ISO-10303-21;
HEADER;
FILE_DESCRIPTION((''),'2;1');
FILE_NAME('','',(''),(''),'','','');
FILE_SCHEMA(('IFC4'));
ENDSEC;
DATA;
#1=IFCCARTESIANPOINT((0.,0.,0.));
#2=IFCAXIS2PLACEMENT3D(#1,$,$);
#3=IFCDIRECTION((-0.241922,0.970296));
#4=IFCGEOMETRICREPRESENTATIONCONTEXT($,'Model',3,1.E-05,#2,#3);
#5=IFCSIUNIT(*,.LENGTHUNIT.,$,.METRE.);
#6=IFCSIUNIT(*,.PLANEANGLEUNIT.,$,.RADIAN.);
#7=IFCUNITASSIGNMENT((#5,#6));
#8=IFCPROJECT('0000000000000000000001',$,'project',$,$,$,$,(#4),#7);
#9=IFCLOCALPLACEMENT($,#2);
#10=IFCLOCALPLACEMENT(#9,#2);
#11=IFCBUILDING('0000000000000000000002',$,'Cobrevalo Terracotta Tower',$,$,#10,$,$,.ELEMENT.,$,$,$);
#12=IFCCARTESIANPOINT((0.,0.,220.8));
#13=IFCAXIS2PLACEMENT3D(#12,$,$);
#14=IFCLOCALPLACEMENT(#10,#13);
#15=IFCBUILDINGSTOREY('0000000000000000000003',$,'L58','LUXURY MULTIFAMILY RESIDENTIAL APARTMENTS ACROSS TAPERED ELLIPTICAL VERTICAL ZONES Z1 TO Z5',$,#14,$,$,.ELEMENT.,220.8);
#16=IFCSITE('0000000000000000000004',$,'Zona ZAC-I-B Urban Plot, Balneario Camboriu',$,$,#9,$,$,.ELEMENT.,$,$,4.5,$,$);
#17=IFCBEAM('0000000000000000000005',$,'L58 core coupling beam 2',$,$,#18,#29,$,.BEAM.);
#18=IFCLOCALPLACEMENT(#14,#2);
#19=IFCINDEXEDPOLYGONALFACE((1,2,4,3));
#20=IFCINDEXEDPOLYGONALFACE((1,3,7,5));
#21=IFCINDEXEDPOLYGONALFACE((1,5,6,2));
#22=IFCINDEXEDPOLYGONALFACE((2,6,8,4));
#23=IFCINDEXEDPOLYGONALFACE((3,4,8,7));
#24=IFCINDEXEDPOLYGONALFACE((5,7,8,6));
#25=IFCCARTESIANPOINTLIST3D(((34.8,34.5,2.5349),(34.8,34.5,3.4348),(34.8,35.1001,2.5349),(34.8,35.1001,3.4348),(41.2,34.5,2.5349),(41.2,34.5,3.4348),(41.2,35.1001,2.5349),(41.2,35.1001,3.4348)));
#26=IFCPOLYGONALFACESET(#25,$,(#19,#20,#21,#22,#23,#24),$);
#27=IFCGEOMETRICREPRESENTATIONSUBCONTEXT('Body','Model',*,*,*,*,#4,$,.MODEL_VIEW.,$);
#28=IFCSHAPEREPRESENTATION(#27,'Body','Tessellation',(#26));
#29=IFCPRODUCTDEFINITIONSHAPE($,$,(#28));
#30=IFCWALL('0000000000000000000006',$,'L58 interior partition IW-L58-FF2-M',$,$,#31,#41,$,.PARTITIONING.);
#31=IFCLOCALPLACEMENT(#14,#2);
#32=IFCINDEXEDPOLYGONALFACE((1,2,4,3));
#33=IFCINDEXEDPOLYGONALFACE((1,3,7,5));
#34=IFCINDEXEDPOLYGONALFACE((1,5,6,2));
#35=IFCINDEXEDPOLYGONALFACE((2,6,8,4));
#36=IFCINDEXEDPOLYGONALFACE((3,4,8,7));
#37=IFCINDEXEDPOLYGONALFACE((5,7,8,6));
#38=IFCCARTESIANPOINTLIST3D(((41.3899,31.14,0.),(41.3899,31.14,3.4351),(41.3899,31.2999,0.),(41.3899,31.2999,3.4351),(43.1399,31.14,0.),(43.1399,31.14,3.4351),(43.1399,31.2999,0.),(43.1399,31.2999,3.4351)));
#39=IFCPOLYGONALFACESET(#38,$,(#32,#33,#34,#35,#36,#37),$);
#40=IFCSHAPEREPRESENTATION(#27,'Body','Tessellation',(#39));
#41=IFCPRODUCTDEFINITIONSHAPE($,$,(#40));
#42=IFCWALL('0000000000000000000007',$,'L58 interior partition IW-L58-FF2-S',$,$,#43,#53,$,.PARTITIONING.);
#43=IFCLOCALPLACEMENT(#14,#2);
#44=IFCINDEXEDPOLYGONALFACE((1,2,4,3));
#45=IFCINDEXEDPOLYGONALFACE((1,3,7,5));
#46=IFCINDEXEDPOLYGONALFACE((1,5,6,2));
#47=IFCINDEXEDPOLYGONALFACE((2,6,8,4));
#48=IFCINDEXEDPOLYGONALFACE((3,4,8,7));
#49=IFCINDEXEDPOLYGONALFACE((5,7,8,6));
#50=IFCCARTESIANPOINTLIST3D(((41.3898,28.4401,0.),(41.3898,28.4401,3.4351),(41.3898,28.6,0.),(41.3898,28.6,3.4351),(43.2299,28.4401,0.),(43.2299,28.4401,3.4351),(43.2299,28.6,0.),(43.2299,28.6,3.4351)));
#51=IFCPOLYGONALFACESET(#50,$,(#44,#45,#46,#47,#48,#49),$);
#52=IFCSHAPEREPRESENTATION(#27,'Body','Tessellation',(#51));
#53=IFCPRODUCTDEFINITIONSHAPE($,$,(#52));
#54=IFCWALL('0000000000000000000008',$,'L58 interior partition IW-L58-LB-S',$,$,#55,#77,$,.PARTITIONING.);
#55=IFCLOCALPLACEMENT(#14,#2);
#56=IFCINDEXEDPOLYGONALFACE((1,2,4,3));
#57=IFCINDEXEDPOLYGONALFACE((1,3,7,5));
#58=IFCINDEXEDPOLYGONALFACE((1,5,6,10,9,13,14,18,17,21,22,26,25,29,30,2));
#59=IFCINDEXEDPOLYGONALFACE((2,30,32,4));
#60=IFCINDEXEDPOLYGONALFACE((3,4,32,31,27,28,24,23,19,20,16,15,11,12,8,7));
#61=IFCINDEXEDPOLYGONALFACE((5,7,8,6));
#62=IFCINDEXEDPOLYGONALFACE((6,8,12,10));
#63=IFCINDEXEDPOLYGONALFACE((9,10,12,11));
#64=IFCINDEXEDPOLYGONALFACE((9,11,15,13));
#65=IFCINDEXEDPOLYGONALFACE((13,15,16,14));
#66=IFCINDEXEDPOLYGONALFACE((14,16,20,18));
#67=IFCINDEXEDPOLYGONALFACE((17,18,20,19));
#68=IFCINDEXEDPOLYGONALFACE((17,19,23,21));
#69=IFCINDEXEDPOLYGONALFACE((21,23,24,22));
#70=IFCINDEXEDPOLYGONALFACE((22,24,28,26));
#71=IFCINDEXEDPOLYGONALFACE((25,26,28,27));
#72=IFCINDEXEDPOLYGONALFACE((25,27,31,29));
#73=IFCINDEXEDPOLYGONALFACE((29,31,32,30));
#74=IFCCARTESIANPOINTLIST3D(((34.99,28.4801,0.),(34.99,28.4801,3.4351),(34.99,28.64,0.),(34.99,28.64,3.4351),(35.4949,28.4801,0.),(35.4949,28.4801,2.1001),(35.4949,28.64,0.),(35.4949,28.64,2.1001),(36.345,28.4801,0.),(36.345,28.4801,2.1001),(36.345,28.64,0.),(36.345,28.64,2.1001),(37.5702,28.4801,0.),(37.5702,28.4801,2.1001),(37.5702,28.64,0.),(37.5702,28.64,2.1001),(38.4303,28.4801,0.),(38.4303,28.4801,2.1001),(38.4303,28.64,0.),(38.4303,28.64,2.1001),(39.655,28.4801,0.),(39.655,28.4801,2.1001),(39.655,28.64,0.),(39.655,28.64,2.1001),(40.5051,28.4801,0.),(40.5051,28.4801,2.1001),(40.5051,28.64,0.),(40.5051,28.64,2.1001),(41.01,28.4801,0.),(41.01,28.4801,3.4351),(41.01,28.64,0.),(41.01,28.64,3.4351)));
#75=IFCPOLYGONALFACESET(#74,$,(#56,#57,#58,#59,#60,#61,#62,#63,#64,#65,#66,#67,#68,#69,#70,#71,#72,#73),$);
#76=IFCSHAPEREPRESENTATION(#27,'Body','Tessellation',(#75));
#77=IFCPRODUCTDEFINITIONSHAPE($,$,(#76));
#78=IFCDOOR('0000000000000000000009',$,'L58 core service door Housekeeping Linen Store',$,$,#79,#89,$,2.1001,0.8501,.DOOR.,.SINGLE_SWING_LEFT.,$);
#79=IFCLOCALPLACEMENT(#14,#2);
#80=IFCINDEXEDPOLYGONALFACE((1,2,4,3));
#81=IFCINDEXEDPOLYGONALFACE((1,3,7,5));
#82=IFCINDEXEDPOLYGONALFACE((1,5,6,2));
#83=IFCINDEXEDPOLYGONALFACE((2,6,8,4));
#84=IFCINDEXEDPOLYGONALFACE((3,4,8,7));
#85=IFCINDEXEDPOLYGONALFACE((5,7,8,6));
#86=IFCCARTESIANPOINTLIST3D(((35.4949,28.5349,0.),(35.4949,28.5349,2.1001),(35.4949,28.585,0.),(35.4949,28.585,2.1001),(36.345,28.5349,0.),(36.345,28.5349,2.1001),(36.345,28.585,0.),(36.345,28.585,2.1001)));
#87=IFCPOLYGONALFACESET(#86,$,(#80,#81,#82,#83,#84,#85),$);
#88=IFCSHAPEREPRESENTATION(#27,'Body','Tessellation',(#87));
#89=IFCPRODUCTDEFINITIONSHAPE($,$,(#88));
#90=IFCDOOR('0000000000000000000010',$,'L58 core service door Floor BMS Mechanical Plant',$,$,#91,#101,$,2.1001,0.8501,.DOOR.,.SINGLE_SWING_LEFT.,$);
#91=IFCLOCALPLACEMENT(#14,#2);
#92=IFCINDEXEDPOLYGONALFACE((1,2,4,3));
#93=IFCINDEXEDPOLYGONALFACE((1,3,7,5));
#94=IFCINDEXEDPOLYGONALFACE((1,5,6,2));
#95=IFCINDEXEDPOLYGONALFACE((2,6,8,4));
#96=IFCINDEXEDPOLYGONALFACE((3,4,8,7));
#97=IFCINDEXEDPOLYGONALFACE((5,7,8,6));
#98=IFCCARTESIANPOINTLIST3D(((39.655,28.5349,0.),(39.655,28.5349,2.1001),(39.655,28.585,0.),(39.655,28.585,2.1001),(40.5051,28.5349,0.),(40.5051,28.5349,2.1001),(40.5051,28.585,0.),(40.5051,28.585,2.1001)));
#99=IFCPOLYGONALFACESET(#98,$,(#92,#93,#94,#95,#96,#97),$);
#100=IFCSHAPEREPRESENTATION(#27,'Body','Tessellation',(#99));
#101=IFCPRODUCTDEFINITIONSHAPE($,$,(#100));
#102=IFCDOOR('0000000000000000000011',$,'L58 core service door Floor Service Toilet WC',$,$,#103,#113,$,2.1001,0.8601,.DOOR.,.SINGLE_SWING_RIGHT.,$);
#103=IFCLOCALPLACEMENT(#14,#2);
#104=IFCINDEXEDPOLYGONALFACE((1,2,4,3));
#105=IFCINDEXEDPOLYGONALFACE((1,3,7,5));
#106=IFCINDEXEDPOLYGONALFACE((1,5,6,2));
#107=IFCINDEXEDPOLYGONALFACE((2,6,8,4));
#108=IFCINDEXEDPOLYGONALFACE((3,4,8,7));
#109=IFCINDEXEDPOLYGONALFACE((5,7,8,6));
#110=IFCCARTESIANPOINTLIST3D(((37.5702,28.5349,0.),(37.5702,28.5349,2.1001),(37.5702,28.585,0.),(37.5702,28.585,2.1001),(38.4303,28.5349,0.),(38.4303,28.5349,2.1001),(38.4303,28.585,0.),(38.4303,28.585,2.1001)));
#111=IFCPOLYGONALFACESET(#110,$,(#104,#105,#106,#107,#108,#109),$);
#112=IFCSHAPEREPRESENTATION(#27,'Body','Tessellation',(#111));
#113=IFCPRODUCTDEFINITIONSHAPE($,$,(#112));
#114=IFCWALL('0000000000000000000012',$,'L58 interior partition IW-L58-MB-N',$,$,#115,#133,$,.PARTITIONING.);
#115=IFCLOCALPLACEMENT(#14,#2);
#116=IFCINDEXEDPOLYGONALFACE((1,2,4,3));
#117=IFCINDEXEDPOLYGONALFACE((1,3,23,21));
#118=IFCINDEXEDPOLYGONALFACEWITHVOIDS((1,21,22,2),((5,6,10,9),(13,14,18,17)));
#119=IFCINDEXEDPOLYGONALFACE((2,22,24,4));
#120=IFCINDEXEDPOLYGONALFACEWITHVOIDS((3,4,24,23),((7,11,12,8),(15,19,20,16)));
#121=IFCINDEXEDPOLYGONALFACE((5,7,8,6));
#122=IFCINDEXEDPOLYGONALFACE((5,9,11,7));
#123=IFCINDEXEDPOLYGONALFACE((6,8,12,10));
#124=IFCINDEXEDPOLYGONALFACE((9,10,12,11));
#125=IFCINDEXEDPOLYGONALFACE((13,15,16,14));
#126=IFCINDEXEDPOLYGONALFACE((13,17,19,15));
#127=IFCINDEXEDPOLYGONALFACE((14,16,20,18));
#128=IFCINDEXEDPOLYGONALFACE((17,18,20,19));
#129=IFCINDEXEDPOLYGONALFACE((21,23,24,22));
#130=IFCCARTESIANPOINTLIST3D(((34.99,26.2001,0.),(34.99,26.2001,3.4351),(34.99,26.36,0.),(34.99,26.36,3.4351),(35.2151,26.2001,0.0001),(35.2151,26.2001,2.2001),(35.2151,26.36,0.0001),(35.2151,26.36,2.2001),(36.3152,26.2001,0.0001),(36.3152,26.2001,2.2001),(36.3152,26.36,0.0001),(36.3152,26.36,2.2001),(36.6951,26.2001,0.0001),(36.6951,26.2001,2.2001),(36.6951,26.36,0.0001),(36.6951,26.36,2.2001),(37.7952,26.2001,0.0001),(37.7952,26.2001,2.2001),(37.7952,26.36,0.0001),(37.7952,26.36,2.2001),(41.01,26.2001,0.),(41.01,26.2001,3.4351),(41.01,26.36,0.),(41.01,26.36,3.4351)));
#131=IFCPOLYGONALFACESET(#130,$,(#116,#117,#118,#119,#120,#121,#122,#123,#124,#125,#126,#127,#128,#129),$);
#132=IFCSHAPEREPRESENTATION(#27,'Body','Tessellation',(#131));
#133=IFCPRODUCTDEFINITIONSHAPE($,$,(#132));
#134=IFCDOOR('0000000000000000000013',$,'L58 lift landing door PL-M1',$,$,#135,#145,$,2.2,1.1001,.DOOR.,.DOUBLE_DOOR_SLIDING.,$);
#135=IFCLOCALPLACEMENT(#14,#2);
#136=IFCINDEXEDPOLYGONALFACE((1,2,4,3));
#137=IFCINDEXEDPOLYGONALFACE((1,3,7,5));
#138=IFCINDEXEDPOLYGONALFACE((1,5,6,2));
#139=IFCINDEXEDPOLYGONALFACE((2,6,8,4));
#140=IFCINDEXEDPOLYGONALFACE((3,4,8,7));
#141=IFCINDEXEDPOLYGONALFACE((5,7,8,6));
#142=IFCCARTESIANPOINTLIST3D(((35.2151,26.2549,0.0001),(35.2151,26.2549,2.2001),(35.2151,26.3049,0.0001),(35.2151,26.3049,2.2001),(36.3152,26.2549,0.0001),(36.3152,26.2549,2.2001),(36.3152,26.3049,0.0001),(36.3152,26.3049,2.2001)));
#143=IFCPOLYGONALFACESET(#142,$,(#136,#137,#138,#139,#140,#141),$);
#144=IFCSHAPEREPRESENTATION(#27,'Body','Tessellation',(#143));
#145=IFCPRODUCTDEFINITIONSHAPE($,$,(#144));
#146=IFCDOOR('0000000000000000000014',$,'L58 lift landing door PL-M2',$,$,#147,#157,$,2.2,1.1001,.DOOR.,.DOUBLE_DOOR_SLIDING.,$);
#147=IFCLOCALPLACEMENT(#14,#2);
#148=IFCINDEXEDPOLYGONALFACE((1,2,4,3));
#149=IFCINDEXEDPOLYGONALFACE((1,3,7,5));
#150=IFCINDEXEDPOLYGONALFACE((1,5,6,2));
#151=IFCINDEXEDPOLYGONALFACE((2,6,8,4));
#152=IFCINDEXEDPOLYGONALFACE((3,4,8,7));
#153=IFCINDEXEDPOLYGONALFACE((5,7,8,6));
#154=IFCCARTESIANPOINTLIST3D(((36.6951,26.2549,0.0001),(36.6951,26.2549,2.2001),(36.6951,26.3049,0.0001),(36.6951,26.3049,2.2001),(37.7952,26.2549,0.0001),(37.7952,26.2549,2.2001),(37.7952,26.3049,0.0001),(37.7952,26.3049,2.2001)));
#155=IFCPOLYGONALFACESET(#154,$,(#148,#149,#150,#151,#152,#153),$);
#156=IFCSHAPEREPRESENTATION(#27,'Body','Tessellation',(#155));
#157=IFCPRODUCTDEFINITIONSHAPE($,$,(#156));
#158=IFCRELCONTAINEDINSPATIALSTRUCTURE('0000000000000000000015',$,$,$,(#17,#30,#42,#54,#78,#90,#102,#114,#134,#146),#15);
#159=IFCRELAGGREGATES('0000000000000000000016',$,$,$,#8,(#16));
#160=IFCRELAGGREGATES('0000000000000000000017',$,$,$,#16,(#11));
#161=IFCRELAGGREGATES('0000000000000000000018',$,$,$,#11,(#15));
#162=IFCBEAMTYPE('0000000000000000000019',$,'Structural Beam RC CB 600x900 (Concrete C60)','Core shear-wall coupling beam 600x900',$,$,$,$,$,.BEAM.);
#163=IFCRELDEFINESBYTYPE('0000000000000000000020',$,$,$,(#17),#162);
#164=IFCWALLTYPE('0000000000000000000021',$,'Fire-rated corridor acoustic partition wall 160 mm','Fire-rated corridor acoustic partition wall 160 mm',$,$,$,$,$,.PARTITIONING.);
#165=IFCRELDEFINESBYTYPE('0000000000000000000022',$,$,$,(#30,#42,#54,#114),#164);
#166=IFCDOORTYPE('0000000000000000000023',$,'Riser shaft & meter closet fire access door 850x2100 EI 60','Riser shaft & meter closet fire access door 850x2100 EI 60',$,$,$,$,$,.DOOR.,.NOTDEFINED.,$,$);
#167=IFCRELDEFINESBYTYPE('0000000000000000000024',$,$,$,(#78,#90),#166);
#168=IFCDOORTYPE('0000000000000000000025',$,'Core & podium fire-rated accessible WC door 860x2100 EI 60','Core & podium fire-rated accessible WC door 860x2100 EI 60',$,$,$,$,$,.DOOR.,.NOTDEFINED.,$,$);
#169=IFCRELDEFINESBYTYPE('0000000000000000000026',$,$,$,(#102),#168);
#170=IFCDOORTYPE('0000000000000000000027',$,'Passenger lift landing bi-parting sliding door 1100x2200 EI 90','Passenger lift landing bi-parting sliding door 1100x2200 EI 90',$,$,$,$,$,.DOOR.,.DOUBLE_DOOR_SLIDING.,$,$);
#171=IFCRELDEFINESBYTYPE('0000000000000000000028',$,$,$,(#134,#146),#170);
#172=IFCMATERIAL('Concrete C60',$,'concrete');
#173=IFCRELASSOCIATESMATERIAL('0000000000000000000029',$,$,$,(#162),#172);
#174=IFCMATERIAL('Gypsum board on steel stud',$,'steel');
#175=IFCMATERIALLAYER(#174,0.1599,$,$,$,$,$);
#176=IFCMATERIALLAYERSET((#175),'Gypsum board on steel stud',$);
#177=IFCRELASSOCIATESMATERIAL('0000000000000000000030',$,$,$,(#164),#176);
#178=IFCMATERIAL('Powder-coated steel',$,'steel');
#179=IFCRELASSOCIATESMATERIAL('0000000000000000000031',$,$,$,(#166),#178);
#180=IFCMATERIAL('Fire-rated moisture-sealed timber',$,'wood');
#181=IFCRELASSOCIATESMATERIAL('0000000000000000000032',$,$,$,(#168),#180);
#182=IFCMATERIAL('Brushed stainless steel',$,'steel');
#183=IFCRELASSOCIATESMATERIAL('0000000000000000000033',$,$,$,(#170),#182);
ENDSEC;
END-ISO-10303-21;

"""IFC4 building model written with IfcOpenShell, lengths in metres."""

from ifc_helpers import new_model, si_unit, direction, frame, frame_2d, origin, origin_2d, place, context, subcontext, project, spatial, rectangle, extrude, source, transform, mapped, material, layer, layer_set, material_profile, profile_set, type_object, element, fill, save


model = new_model("IFC4")

# Units and contexts
model_context = context("Model", 3, precision=1e-05, world=origin(), true_north=direction((-0.241922, 0.970296)))
body_context = subcontext(model_context, "Body", "Model", "MODEL_VIEW")
ifc_project = project(units=[si_unit("LENGTHUNIT", "METRE"), si_unit("PLANEANGLEUNIT", "RADIAN")], contexts=[model_context])

# Site, building, storey
site_placement = place(None, origin())
site = spatial("IfcSite", under=ifc_project, at=site_placement, Name="Zona ZAC-I-B Urban Plot, Balneario Camboriu", CompositionType="ELEMENT", RefElevation=4.5)
building_placement = place(site_placement, origin())
building = spatial("IfcBuilding", under=site, at=building_placement, Name="Cobrevalo Terracotta Tower", CompositionType="ELEMENT")
storey_placement = place(building_placement, frame((0.0, 0.0, 220.8)))
storey = spatial("IfcBuildingStorey", under=building, at=storey_placement, Name="L58", Description="LUXURY MULTIFAMILY RESIDENTIAL APARTMENTS ACROSS TAPERED ELLIPTICAL VERTICAL ZONES Z1 TO Z5", CompositionType="ELEMENT", Elevation=220.8)

# Beam
ifc_material_1 = material(Name="Concrete C60", Category="concrete")
ifc_material_profile = material_profile(ifc_material_1, rectangle(XDim=0.6001, YDim=0.8999, at=origin_2d()), Name="RC CB 600x900")
ifc_profile_set = profile_set([ifc_material_profile], Name="Concrete C60")
beam_type = type_object("IfcBeamType", Name="Structural Beam RC CB 600x900 (Concrete C60)", Description="Core shear-wall coupling beam 600x900", PredefinedType="BEAM", material=ifc_profile_set)
beam_placement = place(storey_placement, frame((34.8, 34.8, 2.9849), z_axis=(1.0, 0.0, 0.0), x_axis=(0.0, 1.0, 0.0)))
element("IfcBeam", 1, at=beam_placement, inside=storey, type_object=beam_type, Name="L58 core coupling beam 2", PredefinedType="BEAM", context=body_context, shape_type="SweptSolid", body=[
    extrude(rectangle(XDim=0.6001, YDim=0.8999, at=origin_2d()), origin(), (0.0, 0.0, 1.0), 6.3999),
])

# Walls
ifc_material_2 = material(Name="Gypsum board on steel stud", Category="steel")
ifc_layer_1 = layer(ifc_material_2, 0.1599)
ifc_layer_set_1 = layer_set([ifc_layer_1], Name="Gypsum board on steel stud")
wall_type_1 = type_object("IfcWallType", Name="Fire-rated corridor acoustic partition wall 160 mm", Description="Fire-rated corridor acoustic partition wall 160 mm", PredefinedType="PARTITIONING", material=ifc_layer_set_1)
wall_1_placement = place(storey_placement, frame((41.3899, 31.22, 0.0), z_axis=(0.0, 0.0, 1.0), x_axis=(1.0, 0.0, 0.0)))
element("IfcWall", 2, at=wall_1_placement, inside=storey, type_object=wall_type_1, Name="L58 interior partition IW-L58-FF2-M", PredefinedType="PARTITIONING", context=body_context, shape_type="SweptSolid", body=[
    extrude(rectangle(XDim=1.75, YDim=0.1599, at=frame_2d((0.875, 0.0))), origin(), (0.0, 0.0, 1.0), 3.4351),
])
wall_2_placement = place(storey_placement, frame((41.3899, 28.52, 0.0), z_axis=(0.0, 0.0, 1.0), x_axis=(1.0, 0.0, 0.0)))
element("IfcWall", 3, at=wall_2_placement, inside=storey, type_object=wall_type_1, Name="L58 interior partition IW-L58-FF2-S", PredefinedType="PARTITIONING", context=body_context, shape_type="SweptSolid", body=[
    extrude(rectangle(XDim=1.8401, YDim=0.1599, at=frame_2d((0.9199, 0.0))), origin(), (0.0, 0.0, 1.0), 3.4351),
])

# Walls, openings, doors
wall_3_placement = place(storey_placement, frame((34.99, 28.5601, 0.0), z_axis=(0.0, 0.0, 1.0), x_axis=(1.0, 0.0, 0.0)))
wall_3 = element("IfcWall", 4, at=wall_3_placement, inside=storey, type_object=wall_type_1, Name="L58 interior partition IW-L58-LB-S", PredefinedType="PARTITIONING", context=body_context, shape_type="SweptSolid", body=[
    extrude(rectangle(XDim=6.02, YDim=0.1599, at=frame_2d((3.01, 0.0))), origin(), (0.0, 0.0, 1.0), 3.4351),
])
opening_1_placement = place(wall_3_placement, frame((0.5049, 0.0, 0.0)))
opening_1 = element("IfcOpeningElement", 5, at=opening_1_placement, cuts=wall_3, PredefinedType="OPENING", context=body_context, shape_type="SweptSolid", body=[
    extrude(rectangle(XDim=0.8501, YDim=2.1001, at=frame_2d((0.425, 1.05))), frame((0.0, 0.0898, 0.0), z_axis=(0.0, -1.0, 0.0), x_axis=(1.0, 0.0, 0.0)), (0.0, 0.0, 1.0), 0.1799),
])
opening_2_placement = place(wall_3_placement, frame((2.5801, 0.0, 0.0)))
opening_2 = element("IfcOpeningElement", 6, at=opening_2_placement, cuts=wall_3, PredefinedType="OPENING", context=body_context, shape_type="SweptSolid", body=[
    extrude(rectangle(XDim=0.8601, YDim=2.1001, at=frame_2d((0.4302, 1.05))), frame((0.0, 0.0898, 0.0), z_axis=(0.0, -1.0, 0.0), x_axis=(1.0, 0.0, 0.0)), (0.0, 0.0, 1.0), 0.1799),
])
opening_3_placement = place(wall_3_placement, frame((4.665, 0.0, 0.0)))
opening_3 = element("IfcOpeningElement", 7, at=opening_3_placement, cuts=wall_3, PredefinedType="OPENING", context=body_context, shape_type="SweptSolid", body=[
    extrude(rectangle(XDim=0.8501, YDim=2.1001, at=frame_2d((0.425, 1.05))), frame((0.0, 0.0898, 0.0), z_axis=(0.0, -1.0, 0.0), x_axis=(1.0, 0.0, 0.0)), (0.0, 0.0, 1.0), 0.1799),
])
ifc_material_3 = material(Name="Powder-coated steel", Category="steel")
door_type_1 = type_object("IfcDoorType", Name="Riser shaft & meter closet fire access door 850x2100 EI 60", Description="Riser shaft & meter closet fire access door 850x2100 EI 60", OperationType="NOTDEFINED", PredefinedType="DOOR", material=ifc_material_3)
shared_shape_1 = source(origin(), body_context, "Body", "SweptSolid", [
    extrude(rectangle(XDim=0.8501, YDim=2.1001, at=frame_2d((0.425, 1.05))), frame((0.0, 0.0249, 0.0), z_axis=(0.0, -1.0, 0.0), x_axis=(1.0, 0.0, 0.0)), (0.0, 0.0, 1.0), 0.05),
])
door_1_placement = place(opening_1_placement, origin())
door_1 = element("IfcDoor", 8, at=door_1_placement, inside=storey, type_object=door_type_1, Name="L58 core service door Housekeeping Linen Store", OperationType="SINGLE_SWING_LEFT", OverallHeight=2.1001, OverallWidth=0.8501, PredefinedType="DOOR", context=body_context, shape_type="MappedRepresentation", body=[
    mapped(shared_shape_1, transform((0.0, 0.0, 0.0), scale=1.0)),
])
fill(opening_1, door_1)
door_2_placement = place(opening_3_placement, origin())
door_2 = element("IfcDoor", 9, at=door_2_placement, inside=storey, type_object=door_type_1, Name="L58 core service door Floor BMS Mechanical Plant", OperationType="SINGLE_SWING_LEFT", OverallHeight=2.1001, OverallWidth=0.8501, PredefinedType="DOOR", context=body_context, shape_type="MappedRepresentation", body=[
    mapped(shared_shape_1, transform((0.0, 0.0, 0.0), scale=1.0)),
])
fill(opening_3, door_2)
ifc_material_4 = material(Name="Fire-rated moisture-sealed timber", Category="wood")
door_type_2 = type_object("IfcDoorType", Name="Core & podium fire-rated accessible WC door 860x2100 EI 60", Description="Core & podium fire-rated accessible WC door 860x2100 EI 60", OperationType="NOTDEFINED", PredefinedType="DOOR", material=ifc_material_4)
shared_shape_2 = source(origin(), body_context, "Body", "SweptSolid", [
    extrude(rectangle(XDim=0.8601, YDim=2.1001, at=frame_2d((0.4302, 1.05))), frame((0.0, 0.0249, 0.0), z_axis=(0.0, -1.0, 0.0), x_axis=(1.0, 0.0, 0.0)), (0.0, 0.0, 1.0), 0.05),
])
door_3_placement = place(opening_2_placement, origin())
door_3 = element("IfcDoor", 10, at=door_3_placement, inside=storey, type_object=door_type_2, Name="L58 core service door Floor Service Toilet WC", OperationType="SINGLE_SWING_RIGHT", OverallHeight=2.1001, OverallWidth=0.8601, PredefinedType="DOOR", context=body_context, shape_type="MappedRepresentation", body=[
    mapped(shared_shape_2, transform((0.0, 0.0, 0.0), scale=1.0)),
])
fill(opening_2, door_3)
wall_4_placement = place(storey_placement, frame((34.99, 26.28, 0.0), z_axis=(0.0, 0.0, 1.0), x_axis=(1.0, 0.0, 0.0)))
wall_4 = element("IfcWall", 11, at=wall_4_placement, inside=storey, type_object=wall_type_1, Name="L58 interior partition IW-L58-MB-N", PredefinedType="PARTITIONING", context=body_context, shape_type="SweptSolid", body=[
    extrude(rectangle(XDim=6.02, YDim=0.1599, at=frame_2d((3.01, 0.0))), origin(), (0.0, 0.0, 1.0), 3.4351),
])
opening_4_placement = place(wall_4_placement, frame((0.2251, 0.0, 0.0)))
opening_4 = element("IfcOpeningElement", 12, at=opening_4_placement, cuts=wall_4, PredefinedType="OPENING", context=body_context, shape_type="SweptSolid", body=[
    extrude(rectangle(XDim=1.1001, YDim=2.2, at=frame_2d((0.55, 1.1001))), frame((0.0, 0.0898, 0.0), z_axis=(0.0, -1.0, 0.0), x_axis=(1.0, 0.0, 0.0)), (0.0, 0.0, 1.0), 0.1799),
])
opening_5_placement = place(wall_4_placement, frame((1.7051, 0.0, 0.0)))
opening_5 = element("IfcOpeningElement", 13, at=opening_5_placement, cuts=wall_4, PredefinedType="OPENING", context=body_context, shape_type="SweptSolid", body=[
    extrude(rectangle(XDim=1.1001, YDim=2.2, at=frame_2d((0.55, 1.1001))), frame((0.0, 0.0898, 0.0), z_axis=(0.0, -1.0, 0.0), x_axis=(1.0, 0.0, 0.0)), (0.0, 0.0, 1.0), 0.1799),
])
ifc_material_5 = material(Name="Brushed stainless steel", Category="steel")
door_type_3 = type_object("IfcDoorType", Name="Passenger lift landing bi-parting sliding door 1100x2200 EI 90", Description="Passenger lift landing bi-parting sliding door 1100x2200 EI 90", OperationType="DOUBLE_DOOR_SLIDING", PredefinedType="DOOR", material=ifc_material_5)
shared_shape_3 = source(origin(), body_context, "Body", "SweptSolid", [
    extrude(rectangle(XDim=1.1001, YDim=2.2, at=frame_2d((0.55, 1.1001))), frame((0.0, 0.0249, 0.0), z_axis=(0.0, -1.0, 0.0), x_axis=(1.0, 0.0, 0.0)), (0.0, 0.0, 1.0), 0.05),
])
door_4_placement = place(opening_4_placement, origin())
door_4 = element("IfcDoor", 14, at=door_4_placement, inside=storey, type_object=door_type_3, Name="L58 lift landing door PL-M1", OperationType="DOUBLE_DOOR_SLIDING", OverallHeight=2.2, OverallWidth=1.1001, PredefinedType="DOOR", context=body_context, shape_type="MappedRepresentation", body=[
    mapped(shared_shape_3, transform((0.0, 0.0, 0.0), scale=1.0)),
])
fill(opening_4, door_4)
door_5_placement = place(opening_5_placement, origin())
door_5 = element("IfcDoor", 15, at=door_5_placement, inside=storey, type_object=door_type_3, Name="L58 lift landing door PL-M2", OperationType="DOUBLE_DOOR_SLIDING", OverallHeight=2.2, OverallWidth=1.1001, PredefinedType="DOOR", context=body_context, shape_type="MappedRepresentation", body=[
    mapped(shared_shape_3, transform((0.0, 0.0, 0.0), scale=1.0)),
])
fill(opening_5, door_5)

save(model, "model.ifc")
